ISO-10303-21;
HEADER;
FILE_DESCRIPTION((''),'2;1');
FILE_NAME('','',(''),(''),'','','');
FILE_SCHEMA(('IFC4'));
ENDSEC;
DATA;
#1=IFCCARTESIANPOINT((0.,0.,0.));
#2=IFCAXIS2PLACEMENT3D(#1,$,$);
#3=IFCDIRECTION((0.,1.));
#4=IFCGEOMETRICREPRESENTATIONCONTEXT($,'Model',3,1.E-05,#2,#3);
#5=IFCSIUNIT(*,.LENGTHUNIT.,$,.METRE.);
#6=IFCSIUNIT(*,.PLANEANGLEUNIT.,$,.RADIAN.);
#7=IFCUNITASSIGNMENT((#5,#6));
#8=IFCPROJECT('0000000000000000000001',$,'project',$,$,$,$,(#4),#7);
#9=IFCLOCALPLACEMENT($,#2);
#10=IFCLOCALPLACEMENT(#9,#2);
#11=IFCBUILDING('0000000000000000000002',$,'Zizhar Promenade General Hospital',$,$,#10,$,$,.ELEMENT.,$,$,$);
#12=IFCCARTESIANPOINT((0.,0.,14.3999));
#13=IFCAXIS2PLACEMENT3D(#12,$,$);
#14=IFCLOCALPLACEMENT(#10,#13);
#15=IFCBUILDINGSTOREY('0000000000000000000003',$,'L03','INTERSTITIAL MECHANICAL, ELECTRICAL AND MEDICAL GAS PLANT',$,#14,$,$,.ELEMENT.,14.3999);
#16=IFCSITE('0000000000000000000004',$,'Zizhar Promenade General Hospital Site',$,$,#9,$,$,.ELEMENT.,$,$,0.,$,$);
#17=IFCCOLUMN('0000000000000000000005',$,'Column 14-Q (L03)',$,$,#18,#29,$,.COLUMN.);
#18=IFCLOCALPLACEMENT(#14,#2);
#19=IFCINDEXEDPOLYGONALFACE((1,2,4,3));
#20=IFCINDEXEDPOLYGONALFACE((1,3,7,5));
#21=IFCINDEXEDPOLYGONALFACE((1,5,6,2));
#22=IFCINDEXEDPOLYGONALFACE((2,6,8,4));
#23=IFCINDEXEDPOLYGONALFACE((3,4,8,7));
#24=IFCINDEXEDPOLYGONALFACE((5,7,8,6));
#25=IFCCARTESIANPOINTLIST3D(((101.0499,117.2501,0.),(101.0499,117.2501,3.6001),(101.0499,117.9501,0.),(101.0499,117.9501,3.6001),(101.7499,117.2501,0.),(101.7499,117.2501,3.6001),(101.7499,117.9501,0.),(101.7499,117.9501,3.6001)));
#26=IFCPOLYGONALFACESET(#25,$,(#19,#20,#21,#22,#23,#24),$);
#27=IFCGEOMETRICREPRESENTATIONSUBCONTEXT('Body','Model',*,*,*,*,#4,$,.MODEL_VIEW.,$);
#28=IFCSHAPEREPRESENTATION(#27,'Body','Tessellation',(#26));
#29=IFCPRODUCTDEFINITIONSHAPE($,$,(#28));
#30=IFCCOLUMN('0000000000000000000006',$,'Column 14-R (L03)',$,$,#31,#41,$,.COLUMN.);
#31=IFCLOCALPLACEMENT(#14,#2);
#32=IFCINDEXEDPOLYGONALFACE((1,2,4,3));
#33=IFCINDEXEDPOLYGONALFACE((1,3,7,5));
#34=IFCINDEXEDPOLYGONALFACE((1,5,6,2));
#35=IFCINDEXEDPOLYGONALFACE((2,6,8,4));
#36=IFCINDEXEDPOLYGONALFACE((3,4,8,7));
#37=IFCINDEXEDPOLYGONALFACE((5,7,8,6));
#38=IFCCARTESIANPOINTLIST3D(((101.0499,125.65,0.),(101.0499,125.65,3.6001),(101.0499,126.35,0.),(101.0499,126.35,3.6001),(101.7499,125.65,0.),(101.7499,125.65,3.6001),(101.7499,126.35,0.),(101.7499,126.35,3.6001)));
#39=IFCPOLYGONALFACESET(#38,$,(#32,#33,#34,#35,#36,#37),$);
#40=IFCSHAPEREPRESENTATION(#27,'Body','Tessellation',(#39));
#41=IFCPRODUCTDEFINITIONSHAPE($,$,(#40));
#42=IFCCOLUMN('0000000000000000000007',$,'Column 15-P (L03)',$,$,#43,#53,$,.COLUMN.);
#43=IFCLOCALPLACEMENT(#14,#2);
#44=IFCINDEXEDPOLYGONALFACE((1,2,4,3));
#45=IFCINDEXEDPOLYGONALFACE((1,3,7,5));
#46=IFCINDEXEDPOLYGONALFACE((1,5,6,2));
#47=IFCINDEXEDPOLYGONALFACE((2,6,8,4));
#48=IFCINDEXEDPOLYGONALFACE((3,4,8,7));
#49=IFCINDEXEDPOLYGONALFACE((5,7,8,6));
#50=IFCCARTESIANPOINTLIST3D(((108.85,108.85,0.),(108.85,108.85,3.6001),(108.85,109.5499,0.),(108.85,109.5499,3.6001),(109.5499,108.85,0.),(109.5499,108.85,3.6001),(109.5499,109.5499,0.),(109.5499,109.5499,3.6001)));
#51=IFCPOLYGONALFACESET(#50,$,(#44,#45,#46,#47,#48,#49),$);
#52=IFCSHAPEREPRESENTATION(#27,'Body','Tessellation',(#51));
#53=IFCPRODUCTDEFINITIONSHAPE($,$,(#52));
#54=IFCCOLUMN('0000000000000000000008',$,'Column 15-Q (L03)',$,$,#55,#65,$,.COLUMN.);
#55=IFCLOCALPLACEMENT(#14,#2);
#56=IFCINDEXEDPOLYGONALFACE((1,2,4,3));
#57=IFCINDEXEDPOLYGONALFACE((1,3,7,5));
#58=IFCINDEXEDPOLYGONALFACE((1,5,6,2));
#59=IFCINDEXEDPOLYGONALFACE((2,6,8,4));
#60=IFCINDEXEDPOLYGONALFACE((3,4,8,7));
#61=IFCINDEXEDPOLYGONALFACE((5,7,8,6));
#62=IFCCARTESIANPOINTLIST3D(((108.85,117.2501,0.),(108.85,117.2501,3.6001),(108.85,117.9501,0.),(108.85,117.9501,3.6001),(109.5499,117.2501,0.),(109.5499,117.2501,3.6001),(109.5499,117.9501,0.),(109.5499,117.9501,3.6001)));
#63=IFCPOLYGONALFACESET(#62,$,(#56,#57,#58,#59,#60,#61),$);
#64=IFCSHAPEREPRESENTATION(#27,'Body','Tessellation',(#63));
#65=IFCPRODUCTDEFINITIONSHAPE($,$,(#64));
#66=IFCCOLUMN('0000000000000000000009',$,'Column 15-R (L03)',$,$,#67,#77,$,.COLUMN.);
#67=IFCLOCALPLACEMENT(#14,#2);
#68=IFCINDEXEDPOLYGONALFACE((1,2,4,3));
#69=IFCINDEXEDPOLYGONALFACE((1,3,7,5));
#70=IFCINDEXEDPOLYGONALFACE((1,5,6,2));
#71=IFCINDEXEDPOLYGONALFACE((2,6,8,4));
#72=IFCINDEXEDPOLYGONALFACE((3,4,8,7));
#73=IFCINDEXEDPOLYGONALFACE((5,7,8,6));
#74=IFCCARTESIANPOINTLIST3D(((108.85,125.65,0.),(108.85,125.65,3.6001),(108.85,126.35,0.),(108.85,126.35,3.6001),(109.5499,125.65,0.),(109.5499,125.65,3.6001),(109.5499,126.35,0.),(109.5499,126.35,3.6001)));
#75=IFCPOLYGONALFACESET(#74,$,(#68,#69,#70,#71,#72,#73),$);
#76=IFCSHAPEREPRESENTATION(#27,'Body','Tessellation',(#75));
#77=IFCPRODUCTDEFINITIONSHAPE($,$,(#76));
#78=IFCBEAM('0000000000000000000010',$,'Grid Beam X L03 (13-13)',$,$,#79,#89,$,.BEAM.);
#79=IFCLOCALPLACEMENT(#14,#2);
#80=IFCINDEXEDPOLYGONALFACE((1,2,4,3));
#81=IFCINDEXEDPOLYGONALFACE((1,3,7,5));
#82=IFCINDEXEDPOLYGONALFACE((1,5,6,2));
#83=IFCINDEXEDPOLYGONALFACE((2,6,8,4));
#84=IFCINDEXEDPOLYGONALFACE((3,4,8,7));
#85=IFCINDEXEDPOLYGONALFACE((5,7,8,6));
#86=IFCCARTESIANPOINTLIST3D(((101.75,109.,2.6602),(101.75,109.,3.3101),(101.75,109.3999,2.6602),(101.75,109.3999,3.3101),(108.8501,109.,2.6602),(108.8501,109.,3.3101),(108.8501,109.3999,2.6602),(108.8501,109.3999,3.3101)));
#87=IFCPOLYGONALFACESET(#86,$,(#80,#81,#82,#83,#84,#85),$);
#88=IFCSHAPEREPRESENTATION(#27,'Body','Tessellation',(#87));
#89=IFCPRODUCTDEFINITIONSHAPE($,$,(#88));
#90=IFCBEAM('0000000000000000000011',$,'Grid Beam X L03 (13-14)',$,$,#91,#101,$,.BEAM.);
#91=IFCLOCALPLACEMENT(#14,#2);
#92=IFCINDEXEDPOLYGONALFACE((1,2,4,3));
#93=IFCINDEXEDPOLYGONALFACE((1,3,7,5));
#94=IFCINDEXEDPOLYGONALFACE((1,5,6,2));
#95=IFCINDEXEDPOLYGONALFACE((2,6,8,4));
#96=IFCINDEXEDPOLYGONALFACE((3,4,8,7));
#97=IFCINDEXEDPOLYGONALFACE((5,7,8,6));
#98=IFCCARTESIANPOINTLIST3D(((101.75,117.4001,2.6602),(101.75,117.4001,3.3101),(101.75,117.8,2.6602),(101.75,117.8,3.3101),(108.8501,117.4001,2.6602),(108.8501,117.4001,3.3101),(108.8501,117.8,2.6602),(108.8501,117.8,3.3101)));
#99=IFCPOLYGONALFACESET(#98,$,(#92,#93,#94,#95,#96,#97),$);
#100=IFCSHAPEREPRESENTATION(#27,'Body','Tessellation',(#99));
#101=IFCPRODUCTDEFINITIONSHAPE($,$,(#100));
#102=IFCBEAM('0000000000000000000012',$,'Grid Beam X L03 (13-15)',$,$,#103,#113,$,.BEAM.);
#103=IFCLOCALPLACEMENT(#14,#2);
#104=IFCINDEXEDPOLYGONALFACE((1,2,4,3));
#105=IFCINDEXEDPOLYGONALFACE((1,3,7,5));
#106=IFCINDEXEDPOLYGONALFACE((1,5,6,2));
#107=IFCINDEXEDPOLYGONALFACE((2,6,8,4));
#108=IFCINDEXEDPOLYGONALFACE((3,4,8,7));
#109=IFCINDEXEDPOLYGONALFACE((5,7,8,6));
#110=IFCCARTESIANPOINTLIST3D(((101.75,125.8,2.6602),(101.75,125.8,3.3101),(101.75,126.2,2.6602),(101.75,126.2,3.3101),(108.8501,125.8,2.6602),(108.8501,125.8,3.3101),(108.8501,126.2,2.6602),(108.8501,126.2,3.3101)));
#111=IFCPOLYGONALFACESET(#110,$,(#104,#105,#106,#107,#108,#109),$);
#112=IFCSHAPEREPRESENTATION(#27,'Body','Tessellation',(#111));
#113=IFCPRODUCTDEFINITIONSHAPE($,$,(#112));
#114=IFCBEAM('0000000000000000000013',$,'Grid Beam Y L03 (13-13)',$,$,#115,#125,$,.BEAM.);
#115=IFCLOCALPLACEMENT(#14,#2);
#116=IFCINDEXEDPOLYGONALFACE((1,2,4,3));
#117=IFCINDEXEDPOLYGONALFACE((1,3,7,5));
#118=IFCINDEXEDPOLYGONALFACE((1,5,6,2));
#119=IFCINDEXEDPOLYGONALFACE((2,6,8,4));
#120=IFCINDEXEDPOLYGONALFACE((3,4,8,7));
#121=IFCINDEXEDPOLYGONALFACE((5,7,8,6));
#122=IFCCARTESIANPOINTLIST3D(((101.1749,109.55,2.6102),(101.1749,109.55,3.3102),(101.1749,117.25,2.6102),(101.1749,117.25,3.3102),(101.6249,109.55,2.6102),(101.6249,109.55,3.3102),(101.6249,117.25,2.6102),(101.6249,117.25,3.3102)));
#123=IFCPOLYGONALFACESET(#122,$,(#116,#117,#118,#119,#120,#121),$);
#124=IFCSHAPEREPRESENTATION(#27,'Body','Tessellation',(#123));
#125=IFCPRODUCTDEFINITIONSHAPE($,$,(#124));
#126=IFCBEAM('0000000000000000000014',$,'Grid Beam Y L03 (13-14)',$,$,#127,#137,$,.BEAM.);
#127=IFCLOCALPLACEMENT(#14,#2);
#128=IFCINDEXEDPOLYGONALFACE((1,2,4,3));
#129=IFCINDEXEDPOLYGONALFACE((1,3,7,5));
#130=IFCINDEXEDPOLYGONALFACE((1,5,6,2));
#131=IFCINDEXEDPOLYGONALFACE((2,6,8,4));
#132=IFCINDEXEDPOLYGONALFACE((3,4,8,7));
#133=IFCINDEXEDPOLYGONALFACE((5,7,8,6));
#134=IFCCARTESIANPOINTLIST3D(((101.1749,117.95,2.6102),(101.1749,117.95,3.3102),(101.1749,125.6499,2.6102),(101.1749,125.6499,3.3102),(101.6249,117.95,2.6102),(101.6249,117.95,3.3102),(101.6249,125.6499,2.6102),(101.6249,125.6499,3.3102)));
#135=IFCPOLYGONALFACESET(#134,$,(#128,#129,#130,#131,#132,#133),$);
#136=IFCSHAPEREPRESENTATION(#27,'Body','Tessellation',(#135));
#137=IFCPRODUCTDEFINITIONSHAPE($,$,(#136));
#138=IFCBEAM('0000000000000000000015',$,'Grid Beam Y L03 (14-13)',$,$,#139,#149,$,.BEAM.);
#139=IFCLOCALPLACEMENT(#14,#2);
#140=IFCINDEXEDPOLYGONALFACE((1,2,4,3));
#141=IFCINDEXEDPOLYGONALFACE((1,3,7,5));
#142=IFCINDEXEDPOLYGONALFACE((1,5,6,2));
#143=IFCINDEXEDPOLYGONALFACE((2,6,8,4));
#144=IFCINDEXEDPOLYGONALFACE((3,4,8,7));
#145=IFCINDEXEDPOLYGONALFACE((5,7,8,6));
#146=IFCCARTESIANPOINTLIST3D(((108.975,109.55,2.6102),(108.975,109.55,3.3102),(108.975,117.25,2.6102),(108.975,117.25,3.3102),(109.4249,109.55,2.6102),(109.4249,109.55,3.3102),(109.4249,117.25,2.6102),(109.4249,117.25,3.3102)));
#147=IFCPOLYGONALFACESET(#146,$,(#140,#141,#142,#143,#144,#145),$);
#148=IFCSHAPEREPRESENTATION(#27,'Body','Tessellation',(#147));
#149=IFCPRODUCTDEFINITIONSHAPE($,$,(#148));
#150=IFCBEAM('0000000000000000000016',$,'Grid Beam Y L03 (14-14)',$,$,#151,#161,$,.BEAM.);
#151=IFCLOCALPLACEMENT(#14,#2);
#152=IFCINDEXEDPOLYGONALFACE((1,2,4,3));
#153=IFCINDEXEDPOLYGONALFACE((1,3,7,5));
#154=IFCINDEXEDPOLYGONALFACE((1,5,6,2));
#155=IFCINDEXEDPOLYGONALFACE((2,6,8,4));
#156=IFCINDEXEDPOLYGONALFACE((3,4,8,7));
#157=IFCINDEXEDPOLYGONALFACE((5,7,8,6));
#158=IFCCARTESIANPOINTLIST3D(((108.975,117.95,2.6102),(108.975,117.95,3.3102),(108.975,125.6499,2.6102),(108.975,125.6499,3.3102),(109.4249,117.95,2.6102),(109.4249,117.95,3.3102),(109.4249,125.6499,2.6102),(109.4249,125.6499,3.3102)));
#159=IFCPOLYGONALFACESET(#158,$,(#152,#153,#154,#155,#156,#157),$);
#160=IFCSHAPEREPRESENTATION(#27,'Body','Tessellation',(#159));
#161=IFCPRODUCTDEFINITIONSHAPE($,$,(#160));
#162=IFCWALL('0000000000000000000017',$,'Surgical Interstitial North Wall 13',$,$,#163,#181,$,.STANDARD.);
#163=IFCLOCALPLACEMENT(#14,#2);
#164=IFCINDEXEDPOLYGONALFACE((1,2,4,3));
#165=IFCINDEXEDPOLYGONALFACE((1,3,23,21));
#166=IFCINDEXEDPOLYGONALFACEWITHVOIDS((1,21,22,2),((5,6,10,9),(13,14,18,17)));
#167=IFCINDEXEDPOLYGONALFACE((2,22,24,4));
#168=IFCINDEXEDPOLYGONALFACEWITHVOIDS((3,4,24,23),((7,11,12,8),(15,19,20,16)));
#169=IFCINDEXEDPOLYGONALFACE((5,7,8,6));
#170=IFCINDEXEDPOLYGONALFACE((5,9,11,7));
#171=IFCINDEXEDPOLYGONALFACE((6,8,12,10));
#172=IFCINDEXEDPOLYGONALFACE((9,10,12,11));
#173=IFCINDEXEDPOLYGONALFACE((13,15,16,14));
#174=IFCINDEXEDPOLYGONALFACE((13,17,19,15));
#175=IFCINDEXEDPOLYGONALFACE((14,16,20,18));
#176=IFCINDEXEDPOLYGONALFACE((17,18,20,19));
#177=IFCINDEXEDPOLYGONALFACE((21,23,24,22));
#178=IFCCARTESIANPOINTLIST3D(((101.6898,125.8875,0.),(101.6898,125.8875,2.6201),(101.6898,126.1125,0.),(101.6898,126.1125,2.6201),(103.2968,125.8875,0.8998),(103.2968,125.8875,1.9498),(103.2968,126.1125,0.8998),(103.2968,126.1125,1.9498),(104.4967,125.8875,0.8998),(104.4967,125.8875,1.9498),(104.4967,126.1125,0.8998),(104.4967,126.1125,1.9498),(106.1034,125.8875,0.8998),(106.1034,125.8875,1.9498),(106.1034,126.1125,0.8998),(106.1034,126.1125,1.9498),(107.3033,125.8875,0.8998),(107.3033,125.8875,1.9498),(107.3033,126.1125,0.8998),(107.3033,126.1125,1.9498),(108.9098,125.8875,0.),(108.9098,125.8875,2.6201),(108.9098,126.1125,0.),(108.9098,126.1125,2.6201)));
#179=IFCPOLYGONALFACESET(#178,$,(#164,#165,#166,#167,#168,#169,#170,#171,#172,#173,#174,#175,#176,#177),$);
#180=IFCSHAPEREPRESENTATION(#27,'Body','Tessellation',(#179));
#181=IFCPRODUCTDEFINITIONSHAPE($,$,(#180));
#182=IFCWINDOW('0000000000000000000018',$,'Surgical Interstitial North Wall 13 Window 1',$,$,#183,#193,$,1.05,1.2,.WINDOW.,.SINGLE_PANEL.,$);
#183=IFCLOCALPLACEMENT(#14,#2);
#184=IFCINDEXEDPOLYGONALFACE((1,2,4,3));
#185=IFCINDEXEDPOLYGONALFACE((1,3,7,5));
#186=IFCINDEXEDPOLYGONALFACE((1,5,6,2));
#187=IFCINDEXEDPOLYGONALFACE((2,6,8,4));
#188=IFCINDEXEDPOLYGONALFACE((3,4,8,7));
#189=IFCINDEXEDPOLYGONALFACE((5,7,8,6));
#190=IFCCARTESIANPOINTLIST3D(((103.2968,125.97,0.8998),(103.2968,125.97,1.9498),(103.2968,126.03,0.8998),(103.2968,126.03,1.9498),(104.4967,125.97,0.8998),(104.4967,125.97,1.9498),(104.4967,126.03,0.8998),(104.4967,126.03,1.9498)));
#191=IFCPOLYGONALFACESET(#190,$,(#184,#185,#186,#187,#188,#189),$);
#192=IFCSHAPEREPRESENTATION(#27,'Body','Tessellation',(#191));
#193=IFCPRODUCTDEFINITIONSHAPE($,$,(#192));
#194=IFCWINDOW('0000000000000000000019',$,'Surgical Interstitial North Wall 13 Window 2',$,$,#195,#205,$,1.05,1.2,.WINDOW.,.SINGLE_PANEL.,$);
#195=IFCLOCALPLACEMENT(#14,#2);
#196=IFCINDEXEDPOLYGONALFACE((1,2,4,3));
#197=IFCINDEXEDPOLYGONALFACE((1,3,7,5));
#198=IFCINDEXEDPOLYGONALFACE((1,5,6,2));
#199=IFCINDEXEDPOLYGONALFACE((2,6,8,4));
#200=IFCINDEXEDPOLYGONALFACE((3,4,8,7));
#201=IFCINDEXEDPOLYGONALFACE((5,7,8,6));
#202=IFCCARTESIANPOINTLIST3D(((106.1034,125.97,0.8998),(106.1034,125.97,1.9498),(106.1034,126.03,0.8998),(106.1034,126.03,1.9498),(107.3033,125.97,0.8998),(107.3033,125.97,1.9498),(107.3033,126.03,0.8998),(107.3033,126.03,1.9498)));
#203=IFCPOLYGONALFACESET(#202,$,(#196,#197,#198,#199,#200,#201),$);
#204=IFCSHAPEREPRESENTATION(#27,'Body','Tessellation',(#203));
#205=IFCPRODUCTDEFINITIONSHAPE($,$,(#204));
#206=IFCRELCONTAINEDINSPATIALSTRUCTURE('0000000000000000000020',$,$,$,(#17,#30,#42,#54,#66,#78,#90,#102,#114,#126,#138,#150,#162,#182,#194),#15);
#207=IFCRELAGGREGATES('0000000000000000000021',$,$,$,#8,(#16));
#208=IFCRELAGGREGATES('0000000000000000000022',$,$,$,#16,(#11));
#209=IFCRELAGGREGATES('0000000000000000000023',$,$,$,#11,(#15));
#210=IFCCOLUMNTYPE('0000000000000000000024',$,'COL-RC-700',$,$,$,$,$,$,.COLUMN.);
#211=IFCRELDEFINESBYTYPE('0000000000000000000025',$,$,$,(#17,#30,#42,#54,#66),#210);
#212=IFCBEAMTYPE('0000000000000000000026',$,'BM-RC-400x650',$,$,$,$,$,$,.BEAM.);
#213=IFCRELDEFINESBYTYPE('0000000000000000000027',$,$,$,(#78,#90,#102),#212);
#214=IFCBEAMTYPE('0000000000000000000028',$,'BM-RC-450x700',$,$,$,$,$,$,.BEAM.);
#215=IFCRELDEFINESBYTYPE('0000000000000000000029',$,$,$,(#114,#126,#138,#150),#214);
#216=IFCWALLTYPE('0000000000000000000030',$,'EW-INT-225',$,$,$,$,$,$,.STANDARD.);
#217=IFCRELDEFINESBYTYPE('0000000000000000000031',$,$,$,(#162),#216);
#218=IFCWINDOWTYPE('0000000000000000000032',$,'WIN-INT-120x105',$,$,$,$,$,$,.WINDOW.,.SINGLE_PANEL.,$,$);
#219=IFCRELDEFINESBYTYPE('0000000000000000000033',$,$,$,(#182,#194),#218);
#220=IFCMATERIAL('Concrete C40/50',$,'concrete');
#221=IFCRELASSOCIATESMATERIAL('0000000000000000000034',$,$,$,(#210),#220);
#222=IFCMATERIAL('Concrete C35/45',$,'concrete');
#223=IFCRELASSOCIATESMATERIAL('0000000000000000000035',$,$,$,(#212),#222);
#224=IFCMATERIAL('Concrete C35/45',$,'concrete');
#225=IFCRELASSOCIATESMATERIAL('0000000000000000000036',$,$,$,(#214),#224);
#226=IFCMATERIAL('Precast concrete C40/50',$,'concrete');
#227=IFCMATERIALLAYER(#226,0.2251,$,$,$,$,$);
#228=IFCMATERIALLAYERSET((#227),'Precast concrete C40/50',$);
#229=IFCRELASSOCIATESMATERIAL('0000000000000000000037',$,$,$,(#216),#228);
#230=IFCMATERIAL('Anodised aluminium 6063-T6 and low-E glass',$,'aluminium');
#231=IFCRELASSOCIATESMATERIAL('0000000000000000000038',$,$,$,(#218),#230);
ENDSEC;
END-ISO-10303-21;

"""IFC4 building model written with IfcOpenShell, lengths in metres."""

from ifc_helpers import new_model, si_unit, direction, frame, frame_2d, origin, origin_2d, place, context, subcontext, project, spatial, rectangle, extrude, material, layer, layer_set, material_profile, profile_set, type_object, element, fill, save


model = new_model("IFC4")

# Units and contexts
model_context = context("Model", 3, precision=1e-05, world=origin(), true_north=direction((0.0, 1.0)))
body_context = subcontext(model_context, "Body", "Model", "MODEL_VIEW")
ifc_project = project(units=[si_unit("LENGTHUNIT", "METRE"), si_unit("PLANEANGLEUNIT", "RADIAN")], contexts=[model_context])

# Site, building, storey
site_placement = place(None, origin())
site = spatial("IfcSite", under=ifc_project, at=site_placement, Name="Zizhar Promenade General Hospital Site", CompositionType="ELEMENT", RefElevation=0.0)
building_placement = place(site_placement, origin())
building = spatial("IfcBuilding", under=site, at=building_placement, Name="Zizhar Promenade General Hospital", CompositionType="ELEMENT")
storey_placement = place(building_placement, frame((0.0, 0.0, 14.3999)))
storey = spatial("IfcBuildingStorey", under=building, at=storey_placement, Name="L03", Description="INTERSTITIAL MECHANICAL, ELECTRICAL AND MEDICAL GAS PLANT", CompositionType="ELEMENT", Elevation=14.3999)

# Columns
ifc_material_1 = material(Name="Concrete C40/50", Category="concrete")
ifc_material_profile_1 = material_profile(ifc_material_1, rectangle(XDim=0.7, YDim=0.7, at=origin_2d()))
ifc_profile_set_1 = profile_set([ifc_material_profile_1], Name="Concrete C40/50")
column_type = type_object("IfcColumnType", Name="COL-RC-700", PredefinedType="COLUMN", material=ifc_profile_set_1)
for number, where, z_axis, x_axis, name in (
    (1, (101.3999, 117.6001, 0.0), (0.0, 0.0, 1.0), (1.0, 0.0, 0.0), "Column 14-Q (L03)"),
    (2, (101.3999, 126.0, 0.0), (0.0, 0.0, 1.0), (1.0, 0.0, 0.0), "Column 14-R (L03)"),
    (3, (109.2, 109.2, 0.0), (0.0, 0.0, 1.0), (1.0, 0.0, 0.0), "Column 15-P (L03)"),
    (4, (109.2, 117.6001, 0.0), (0.0, 0.0, 1.0), (1.0, 0.0, 0.0), "Column 15-Q (L03)"),
    (5, (109.2, 126.0, 0.0), (0.0, 0.0, 1.0), (1.0, 0.0, 0.0), "Column 15-R (L03)"),
):
    element("IfcColumn", number, at=place(storey_placement, frame(where, z_axis=z_axis, x_axis=x_axis)), inside=storey, type_object=column_type, Name=name, PredefinedType="COLUMN", context=body_context, shape_type="SweptSolid", body=[
        extrude(rectangle(XDim=0.7, YDim=0.7, at=origin_2d()), origin(), (0.0, 0.0, 1.0), 3.6001),
    ])

# Beams
ifc_material_2 = material(Name="Concrete C35/45", Category="concrete")
ifc_material_profile_2 = material_profile(ifc_material_2, rectangle(XDim=0.3999, YDim=0.6499, at=origin_2d()))
ifc_profile_set_2 = profile_set([ifc_material_profile_2], Name="Concrete C35/45")
beam_type_1 = type_object("IfcBeamType", Name="BM-RC-400x650", PredefinedType="BEAM", material=ifc_profile_set_2)
for number, where, z_axis, x_axis, name in (
    (6, (101.75, 109.2, 2.9851), (1.0, 0.0, 0.0), (0.0, 1.0, 0.0), "Grid Beam X L03 (13-13)"),
    (7, (101.75, 117.6001, 2.9851), (1.0, 0.0, 0.0), (0.0, 1.0, 0.0), "Grid Beam X L03 (13-14)"),
    (8, (101.75, 126.0, 2.9851), (1.0, 0.0, 0.0), (0.0, 1.0, 0.0), "Grid Beam X L03 (13-15)"),
):
    element("IfcBeam", number, at=place(storey_placement, frame(where, z_axis=z_axis, x_axis=x_axis)), inside=storey, type_object=beam_type_1, Name=name, PredefinedType="BEAM", context=body_context, shape_type="SweptSolid", body=[
        extrude(rectangle(XDim=0.3999, YDim=0.6499, at=origin_2d()), origin(), (0.0, 0.0, 1.0), 7.1001),
    ])
ifc_material_3 = material(Name="Concrete C35/45", Category="concrete")
ifc_material_profile_3 = material_profile(ifc_material_3, rectangle(XDim=0.45, YDim=0.7, at=origin_2d()))
ifc_profile_set_3 = profile_set([ifc_material_profile_3], Name="Concrete C35/45")
beam_type_2 = type_object("IfcBeamType", Name="BM-RC-450x700", PredefinedType="BEAM", material=ifc_profile_set_3)
for number, where, z_axis, x_axis, name in (
    (9, (101.3999, 109.55, 2.9602), (0.0, 1.0, 0.0), (-1.0, 0.0, 0.0), "Grid Beam Y L03 (13-13)"),
    (10, (101.3999, 117.95, 2.9602), (0.0, 1.0, 0.0), (-1.0, 0.0, 0.0), "Grid Beam Y L03 (13-14)"),
    (11, (109.2, 109.55, 2.9602), (0.0, 1.0, 0.0), (-1.0, 0.0, 0.0), "Grid Beam Y L03 (14-13)"),
    (12, (109.2, 117.95, 2.9602), (0.0, 1.0, 0.0), (-1.0, 0.0, 0.0), "Grid Beam Y L03 (14-14)"),
):
    element("IfcBeam", number, at=place(storey_placement, frame(where, z_axis=z_axis, x_axis=x_axis)), inside=storey, type_object=beam_type_2, Name=name, PredefinedType="BEAM", context=body_context, shape_type="SweptSolid", body=[
        extrude(rectangle(XDim=0.45, YDim=0.7, at=origin_2d()), origin(), (0.0, 0.0, 1.0), 7.7),
    ])

# Wall, openings, windows
ifc_material_4 = material(Name="Precast concrete C40/50", Category="concrete")
ifc_layer_1 = layer(ifc_material_4, 0.2251)
ifc_layer_set_1 = layer_set([ifc_layer_1], Name="Precast concrete C40/50")
wall_type_1 = type_object("IfcWallType", Name="EW-INT-225", PredefinedType="STANDARD", material=ifc_layer_set_1)
wall_1_placement = place(storey_placement, frame((101.6899, 126.0, 0.0), z_axis=(0.0, 0.0, 1.0), x_axis=(1.0, 0.0, 0.0)))
wall_1 = element("IfcWall", 13, at=wall_1_placement, inside=storey, type_object=wall_type_1, Name="Surgical Interstitial North Wall 13", PredefinedType="STANDARD", context=body_context, shape_type="SweptSolid", body=[
    extrude(rectangle(XDim=7.22, YDim=0.2251, at=frame_2d((3.6099, 0.0))), origin(), (0.0, 0.0, 1.0), 2.6201),
])
opening_1_placement = place(wall_1_placement, frame((1.6067, 0.0, 0.8999)))
opening_1 = element("IfcOpeningElement", 14, at=opening_1_placement, cuts=wall_1, PredefinedType="OPENING", context=body_context, shape_type="SweptSolid", body=[
    extrude(rectangle(XDim=1.2, YDim=1.05, at=frame_2d((0.6001, 0.5249))), frame((0.0, 0.1226, 0.0), z_axis=(0.0, -1.0, 0.0), x_axis=(1.0, 0.0, 0.0)), (0.0, 0.0, 1.0), 0.2451),
])
opening_2_placement = place(wall_1_placement, frame((4.4133, 0.0, 0.8999)))
opening_2 = element("IfcOpeningElement", 15, at=opening_2_placement, cuts=wall_1, PredefinedType="OPENING", context=body_context, shape_type="SweptSolid", body=[
    extrude(rectangle(XDim=1.2, YDim=1.05, at=frame_2d((0.6001, 0.5249))), frame((0.0, 0.1226, 0.0), z_axis=(0.0, -1.0, 0.0), x_axis=(1.0, 0.0, 0.0)), (0.0, 0.0, 1.0), 0.2451),
])
ifc_material_5 = material(Name="Anodised aluminium 6063-T6 and low-E glass", Category="aluminium")
window_type = type_object("IfcWindowType", Name="WIN-INT-120x105", PartitioningType="SINGLE_PANEL", PredefinedType="WINDOW", material=ifc_material_5)
window_1_placement = place(opening_1_placement, origin())
window_1 = element("IfcWindow", 16, at=window_1_placement, inside=storey, type_object=window_type, Name="Surgical Interstitial North Wall 13 Window 1", OverallHeight=1.05, OverallWidth=1.2, PartitioningType="SINGLE_PANEL", PredefinedType="WINDOW", context=body_context, shape_type="SweptSolid", body=[
    extrude(rectangle(XDim=1.2, YDim=1.05, at=frame_2d((0.6001, 0.5249))), frame((0.0, 0.03, 0.0), z_axis=(0.0, -1.0, 0.0), x_axis=(1.0, 0.0, 0.0)), (0.0, 0.0, 1.0), 0.0601),
])
fill(opening_1, window_1)
window_2_placement = place(opening_2_placement, origin())
window_2 = element("IfcWindow", 17, at=window_2_placement, inside=storey, type_object=window_type, Name="Surgical Interstitial North Wall 13 Window 2", OverallHeight=1.05, OverallWidth=1.2, PartitioningType="SINGLE_PANEL", PredefinedType="WINDOW", context=body_context, shape_type="SweptSolid", body=[
    extrude(rectangle(XDim=1.2, YDim=1.05, at=frame_2d((0.6001, 0.5249))), frame((0.0, 0.03, 0.0), z_axis=(0.0, -1.0, 0.0), x_axis=(1.0, 0.0, 0.0)), (0.0, 0.0, 1.0), 0.0601),
])
fill(opening_2, window_2)

save(model, "model.ifc")
